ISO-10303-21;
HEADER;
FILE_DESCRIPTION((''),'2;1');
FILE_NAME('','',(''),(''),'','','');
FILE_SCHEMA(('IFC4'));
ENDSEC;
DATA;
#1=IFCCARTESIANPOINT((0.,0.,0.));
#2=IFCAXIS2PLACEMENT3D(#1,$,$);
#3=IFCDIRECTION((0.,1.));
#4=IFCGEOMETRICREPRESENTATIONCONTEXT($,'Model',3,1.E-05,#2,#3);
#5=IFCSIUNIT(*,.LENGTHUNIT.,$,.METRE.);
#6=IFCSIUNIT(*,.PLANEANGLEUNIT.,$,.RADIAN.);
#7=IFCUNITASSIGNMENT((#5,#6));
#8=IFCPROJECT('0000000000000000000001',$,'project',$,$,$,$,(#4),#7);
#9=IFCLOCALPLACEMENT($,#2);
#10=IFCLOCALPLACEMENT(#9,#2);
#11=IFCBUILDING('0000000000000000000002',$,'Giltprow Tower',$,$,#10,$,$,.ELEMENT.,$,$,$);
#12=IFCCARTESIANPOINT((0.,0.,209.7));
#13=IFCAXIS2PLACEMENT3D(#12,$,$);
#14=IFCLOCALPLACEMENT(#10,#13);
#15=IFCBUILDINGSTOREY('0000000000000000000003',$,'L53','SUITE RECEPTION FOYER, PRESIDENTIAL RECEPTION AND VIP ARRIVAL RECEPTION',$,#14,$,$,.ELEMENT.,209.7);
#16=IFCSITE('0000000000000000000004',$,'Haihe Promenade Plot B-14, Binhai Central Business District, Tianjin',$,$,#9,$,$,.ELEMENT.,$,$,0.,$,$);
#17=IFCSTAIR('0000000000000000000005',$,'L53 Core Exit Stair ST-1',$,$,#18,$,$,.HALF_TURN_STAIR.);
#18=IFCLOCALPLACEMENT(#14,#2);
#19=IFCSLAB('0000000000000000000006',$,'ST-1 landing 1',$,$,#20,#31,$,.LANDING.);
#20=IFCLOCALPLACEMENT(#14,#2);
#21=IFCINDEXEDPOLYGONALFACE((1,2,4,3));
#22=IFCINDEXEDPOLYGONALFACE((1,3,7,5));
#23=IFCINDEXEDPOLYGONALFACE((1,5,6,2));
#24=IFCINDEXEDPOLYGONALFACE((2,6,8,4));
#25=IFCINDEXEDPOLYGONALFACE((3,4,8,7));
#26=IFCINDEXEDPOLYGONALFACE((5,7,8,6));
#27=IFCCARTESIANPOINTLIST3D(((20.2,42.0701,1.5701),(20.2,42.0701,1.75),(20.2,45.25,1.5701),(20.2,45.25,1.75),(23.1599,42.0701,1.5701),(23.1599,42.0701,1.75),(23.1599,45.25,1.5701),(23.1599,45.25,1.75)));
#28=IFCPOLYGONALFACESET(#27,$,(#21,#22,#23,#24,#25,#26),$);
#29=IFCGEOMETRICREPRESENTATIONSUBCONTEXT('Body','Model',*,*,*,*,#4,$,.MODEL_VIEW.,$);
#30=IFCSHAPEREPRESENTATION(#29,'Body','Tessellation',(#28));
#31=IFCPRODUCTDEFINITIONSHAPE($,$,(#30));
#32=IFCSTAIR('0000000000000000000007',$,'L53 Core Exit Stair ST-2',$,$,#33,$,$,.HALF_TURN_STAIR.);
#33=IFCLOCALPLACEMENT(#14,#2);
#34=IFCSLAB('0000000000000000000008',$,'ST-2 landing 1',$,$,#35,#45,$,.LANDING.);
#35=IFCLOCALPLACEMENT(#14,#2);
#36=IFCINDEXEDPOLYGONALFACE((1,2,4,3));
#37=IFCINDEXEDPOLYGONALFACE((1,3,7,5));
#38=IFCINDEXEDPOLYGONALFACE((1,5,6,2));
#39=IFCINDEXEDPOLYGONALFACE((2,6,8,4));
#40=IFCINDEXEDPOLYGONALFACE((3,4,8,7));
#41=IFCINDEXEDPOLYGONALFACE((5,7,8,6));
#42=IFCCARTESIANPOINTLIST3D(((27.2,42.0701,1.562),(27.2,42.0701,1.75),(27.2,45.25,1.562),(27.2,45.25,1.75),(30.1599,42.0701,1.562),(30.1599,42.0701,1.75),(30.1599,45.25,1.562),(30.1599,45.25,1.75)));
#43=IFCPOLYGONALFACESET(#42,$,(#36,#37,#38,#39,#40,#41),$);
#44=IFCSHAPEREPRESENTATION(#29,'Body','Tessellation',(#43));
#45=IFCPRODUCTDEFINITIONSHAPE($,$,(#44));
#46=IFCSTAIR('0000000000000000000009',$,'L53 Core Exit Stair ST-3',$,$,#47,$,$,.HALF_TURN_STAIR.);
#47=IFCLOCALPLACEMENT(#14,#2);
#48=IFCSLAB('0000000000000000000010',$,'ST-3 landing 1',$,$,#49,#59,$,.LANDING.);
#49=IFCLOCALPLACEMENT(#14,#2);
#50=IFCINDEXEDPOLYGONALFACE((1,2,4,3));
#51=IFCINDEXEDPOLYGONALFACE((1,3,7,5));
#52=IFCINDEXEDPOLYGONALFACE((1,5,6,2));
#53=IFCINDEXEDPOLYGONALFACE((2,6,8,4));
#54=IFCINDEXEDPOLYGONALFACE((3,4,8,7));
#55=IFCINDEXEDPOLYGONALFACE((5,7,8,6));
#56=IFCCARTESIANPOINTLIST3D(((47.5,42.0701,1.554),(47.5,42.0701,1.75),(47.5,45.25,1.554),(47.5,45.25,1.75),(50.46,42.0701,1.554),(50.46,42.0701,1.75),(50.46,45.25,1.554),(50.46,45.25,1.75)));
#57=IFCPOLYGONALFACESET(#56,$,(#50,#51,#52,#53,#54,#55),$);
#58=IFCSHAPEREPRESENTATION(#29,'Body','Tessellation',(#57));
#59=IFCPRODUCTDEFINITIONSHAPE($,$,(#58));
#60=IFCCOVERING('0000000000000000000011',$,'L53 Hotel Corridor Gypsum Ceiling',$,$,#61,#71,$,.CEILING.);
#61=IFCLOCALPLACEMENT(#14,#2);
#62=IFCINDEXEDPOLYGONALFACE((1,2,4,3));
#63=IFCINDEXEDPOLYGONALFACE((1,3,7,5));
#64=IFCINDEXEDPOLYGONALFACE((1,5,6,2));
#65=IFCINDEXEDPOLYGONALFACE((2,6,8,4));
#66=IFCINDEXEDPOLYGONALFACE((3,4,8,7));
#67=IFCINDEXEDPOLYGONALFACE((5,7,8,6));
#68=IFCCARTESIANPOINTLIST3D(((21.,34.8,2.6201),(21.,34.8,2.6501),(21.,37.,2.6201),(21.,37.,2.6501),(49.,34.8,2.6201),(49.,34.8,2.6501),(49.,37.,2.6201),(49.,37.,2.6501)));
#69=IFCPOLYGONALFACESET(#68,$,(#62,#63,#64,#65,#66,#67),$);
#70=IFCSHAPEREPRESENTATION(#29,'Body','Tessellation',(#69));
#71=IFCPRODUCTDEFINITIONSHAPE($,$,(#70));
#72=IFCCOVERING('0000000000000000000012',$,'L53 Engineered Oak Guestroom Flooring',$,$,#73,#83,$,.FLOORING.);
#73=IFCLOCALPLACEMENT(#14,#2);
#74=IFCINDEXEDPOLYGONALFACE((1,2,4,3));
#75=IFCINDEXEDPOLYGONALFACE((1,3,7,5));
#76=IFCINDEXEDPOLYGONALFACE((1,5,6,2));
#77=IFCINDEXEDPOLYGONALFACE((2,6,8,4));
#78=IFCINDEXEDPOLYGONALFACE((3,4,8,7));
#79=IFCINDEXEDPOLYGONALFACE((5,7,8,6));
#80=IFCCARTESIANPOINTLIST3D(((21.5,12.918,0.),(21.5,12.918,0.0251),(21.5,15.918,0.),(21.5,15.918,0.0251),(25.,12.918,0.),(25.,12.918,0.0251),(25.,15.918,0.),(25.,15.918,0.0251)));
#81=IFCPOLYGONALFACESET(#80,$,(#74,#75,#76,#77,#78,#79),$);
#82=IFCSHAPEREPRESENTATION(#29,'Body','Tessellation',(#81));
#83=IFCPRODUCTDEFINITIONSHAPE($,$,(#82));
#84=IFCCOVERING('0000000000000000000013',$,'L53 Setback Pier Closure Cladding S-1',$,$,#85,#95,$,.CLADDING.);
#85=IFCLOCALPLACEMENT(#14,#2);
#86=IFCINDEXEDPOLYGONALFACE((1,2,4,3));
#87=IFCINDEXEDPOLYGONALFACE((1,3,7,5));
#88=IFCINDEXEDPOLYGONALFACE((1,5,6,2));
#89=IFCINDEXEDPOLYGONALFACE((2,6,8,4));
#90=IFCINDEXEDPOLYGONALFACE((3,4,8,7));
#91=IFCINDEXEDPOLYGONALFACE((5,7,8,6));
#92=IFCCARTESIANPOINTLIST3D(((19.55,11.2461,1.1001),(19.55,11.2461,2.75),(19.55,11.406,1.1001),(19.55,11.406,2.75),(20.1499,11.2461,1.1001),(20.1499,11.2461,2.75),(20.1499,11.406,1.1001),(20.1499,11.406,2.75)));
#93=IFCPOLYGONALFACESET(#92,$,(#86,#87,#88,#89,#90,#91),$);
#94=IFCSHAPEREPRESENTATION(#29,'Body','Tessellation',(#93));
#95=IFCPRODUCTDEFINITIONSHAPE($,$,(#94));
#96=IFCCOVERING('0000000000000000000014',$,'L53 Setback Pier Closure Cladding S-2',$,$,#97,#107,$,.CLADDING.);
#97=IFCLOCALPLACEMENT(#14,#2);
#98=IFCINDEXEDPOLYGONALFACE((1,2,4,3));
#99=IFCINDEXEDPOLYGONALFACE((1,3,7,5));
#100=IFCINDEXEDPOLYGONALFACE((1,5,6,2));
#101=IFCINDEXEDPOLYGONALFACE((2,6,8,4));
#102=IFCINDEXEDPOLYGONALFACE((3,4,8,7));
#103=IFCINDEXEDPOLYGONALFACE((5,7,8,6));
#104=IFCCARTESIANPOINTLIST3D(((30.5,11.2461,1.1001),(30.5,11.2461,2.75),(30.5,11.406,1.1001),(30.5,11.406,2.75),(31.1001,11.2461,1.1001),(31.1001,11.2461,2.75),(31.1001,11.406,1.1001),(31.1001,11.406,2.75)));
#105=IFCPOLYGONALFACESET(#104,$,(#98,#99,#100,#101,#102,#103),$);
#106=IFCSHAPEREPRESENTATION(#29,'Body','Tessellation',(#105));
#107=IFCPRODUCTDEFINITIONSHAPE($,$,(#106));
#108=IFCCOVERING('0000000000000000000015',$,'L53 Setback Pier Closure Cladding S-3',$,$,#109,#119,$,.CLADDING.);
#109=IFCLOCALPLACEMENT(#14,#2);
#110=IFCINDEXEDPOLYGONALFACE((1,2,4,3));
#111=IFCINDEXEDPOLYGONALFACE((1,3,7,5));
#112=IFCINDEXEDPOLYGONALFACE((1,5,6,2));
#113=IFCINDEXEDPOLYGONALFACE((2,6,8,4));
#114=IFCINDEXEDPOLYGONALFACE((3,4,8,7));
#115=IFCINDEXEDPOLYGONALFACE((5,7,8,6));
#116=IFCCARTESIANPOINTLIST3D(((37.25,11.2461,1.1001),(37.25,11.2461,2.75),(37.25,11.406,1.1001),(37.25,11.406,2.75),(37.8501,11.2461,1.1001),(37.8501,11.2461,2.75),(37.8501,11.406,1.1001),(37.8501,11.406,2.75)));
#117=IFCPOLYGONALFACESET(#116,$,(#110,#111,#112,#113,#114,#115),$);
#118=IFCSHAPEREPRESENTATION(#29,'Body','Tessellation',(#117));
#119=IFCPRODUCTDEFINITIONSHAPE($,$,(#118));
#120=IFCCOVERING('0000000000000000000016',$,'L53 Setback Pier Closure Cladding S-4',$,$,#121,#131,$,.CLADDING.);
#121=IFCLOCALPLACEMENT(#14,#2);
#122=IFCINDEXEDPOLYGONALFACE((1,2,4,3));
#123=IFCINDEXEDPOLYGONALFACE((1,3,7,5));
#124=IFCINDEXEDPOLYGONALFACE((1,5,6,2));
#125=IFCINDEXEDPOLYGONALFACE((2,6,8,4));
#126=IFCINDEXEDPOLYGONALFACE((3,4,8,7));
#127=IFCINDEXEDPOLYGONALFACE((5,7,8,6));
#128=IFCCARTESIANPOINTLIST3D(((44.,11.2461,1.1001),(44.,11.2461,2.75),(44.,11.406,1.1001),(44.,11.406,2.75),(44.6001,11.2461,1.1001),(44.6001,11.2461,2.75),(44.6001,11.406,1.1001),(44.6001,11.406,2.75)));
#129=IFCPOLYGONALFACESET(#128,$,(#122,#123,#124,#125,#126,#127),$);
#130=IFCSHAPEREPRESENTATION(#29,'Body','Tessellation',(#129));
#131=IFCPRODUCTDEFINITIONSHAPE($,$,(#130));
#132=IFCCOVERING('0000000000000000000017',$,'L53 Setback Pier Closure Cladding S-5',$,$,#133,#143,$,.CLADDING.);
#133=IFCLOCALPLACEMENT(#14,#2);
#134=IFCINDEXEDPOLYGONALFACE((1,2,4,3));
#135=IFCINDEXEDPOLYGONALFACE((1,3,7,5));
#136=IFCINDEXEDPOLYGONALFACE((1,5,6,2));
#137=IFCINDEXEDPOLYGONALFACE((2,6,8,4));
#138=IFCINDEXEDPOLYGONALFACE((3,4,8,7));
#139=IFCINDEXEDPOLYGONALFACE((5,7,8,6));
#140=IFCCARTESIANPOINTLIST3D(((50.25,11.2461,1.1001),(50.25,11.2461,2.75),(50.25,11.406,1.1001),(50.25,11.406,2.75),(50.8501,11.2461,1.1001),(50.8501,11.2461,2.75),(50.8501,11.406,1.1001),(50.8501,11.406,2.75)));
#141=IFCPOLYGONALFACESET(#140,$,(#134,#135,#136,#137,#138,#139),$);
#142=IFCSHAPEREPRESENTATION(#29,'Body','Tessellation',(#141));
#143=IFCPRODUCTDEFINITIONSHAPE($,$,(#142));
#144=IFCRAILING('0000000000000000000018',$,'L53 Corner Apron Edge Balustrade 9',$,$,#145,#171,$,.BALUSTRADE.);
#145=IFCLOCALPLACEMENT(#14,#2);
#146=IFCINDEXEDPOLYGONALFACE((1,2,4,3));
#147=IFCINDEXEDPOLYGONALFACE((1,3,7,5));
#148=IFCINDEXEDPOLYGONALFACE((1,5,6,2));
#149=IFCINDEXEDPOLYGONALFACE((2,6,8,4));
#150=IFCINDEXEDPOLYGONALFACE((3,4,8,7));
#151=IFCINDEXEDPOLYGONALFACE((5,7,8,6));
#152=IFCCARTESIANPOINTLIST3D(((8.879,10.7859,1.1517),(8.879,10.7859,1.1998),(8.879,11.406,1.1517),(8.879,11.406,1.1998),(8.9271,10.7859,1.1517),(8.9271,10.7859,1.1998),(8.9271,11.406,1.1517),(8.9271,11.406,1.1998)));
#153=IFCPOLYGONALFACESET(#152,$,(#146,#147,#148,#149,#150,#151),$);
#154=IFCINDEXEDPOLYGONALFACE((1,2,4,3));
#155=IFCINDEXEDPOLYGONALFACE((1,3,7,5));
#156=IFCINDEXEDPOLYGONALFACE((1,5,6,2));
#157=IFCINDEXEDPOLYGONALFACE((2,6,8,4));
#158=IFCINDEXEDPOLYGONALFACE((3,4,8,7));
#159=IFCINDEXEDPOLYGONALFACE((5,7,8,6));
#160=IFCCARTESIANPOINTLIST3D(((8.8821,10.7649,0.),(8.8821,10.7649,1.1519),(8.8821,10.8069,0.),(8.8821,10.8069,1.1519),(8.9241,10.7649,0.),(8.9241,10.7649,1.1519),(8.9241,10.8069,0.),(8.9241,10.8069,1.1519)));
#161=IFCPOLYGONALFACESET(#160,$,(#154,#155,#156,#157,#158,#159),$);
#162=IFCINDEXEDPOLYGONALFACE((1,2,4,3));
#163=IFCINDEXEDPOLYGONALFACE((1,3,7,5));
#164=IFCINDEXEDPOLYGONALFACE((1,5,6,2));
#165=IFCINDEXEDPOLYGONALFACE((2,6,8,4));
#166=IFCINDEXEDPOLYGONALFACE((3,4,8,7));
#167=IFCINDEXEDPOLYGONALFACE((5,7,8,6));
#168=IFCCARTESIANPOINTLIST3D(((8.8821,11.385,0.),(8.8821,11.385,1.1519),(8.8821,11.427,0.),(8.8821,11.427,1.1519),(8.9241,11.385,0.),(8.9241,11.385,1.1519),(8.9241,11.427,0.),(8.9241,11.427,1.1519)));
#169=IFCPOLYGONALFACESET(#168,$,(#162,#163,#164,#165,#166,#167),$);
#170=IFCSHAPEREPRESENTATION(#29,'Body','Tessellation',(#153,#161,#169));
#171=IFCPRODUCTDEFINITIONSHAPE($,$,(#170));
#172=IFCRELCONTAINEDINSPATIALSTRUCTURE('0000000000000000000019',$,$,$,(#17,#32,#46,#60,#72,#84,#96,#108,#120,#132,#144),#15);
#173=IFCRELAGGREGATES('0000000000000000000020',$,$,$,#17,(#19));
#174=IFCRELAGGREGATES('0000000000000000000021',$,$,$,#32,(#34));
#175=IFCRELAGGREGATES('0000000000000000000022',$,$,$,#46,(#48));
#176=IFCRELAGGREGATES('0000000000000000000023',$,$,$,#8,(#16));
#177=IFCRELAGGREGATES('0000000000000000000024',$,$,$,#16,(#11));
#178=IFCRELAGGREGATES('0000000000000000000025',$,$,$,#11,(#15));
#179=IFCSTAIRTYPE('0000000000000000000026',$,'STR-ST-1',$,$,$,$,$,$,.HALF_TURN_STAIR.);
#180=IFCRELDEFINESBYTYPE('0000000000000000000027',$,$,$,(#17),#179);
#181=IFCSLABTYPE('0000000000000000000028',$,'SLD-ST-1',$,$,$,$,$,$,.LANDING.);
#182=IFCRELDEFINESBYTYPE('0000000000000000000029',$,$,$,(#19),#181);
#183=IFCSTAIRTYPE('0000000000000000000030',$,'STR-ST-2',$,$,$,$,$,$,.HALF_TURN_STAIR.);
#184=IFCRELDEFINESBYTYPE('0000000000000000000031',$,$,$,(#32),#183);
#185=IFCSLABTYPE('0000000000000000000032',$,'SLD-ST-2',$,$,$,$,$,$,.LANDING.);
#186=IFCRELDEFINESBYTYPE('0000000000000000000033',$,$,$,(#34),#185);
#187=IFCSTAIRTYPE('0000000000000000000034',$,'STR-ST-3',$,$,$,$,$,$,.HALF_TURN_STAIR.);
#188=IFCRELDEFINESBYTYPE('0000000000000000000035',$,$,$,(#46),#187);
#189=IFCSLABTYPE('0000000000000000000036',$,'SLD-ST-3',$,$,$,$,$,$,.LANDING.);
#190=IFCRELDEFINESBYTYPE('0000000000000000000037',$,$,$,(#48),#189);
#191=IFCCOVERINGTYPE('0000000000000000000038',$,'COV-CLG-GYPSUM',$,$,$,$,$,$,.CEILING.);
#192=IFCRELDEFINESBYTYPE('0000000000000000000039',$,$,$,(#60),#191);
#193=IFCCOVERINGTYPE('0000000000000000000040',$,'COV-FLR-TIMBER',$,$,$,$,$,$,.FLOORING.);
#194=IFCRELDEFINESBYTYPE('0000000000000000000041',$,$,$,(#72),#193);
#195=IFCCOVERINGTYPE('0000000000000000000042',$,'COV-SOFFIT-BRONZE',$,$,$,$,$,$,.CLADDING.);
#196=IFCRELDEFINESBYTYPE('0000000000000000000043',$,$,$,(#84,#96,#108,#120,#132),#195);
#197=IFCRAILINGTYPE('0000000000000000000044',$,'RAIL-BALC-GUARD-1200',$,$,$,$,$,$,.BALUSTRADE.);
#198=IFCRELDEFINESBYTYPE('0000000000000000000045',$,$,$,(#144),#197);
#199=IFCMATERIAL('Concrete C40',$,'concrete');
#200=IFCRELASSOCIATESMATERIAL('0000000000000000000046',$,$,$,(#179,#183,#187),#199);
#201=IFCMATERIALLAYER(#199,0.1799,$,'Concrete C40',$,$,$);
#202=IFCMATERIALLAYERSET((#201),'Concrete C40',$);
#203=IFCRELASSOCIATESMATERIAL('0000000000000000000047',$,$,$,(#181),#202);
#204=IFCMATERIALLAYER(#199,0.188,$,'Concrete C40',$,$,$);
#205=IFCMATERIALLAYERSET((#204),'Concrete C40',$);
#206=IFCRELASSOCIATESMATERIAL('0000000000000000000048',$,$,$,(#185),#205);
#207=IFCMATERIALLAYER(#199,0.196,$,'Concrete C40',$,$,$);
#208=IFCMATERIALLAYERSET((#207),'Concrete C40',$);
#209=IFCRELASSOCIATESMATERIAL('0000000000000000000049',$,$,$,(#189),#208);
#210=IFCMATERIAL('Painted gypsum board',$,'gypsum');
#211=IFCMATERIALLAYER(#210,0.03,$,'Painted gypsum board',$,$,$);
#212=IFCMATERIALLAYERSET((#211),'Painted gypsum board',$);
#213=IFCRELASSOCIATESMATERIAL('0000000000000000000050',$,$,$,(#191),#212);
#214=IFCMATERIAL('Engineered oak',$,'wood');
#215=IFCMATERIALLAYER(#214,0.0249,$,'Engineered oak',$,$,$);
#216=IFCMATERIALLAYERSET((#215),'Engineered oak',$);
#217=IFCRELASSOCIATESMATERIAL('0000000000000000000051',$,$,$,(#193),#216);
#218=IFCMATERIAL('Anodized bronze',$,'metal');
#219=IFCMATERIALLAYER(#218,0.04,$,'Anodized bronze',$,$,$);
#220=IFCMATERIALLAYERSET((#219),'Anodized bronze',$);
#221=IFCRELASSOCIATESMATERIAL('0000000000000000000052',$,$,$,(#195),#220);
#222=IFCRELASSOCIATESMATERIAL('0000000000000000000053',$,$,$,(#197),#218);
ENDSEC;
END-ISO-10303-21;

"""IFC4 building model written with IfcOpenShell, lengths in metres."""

from ifc_helpers import new_model, si_unit, direction, frame, origin, origin_2d, place, context, subcontext, project, spatial, polyline, rectangle, outline, extrude, material, layer, layer_set, type_object, element, aggregate, save


model = new_model("IFC4")

# Units and contexts
model_context = context("Model", 3, precision=1e-05, world=origin(), true_north=direction((0.0, 1.0)))
body_context = subcontext(model_context, "Body", "Model", "MODEL_VIEW")
ifc_project = project(units=[si_unit("LENGTHUNIT", "METRE"), si_unit("PLANEANGLEUNIT", "RADIAN")], contexts=[model_context])

# Site, building, storey
site_placement = place(None, origin())
site = spatial("IfcSite", under=ifc_project, at=site_placement, Name="Haihe Promenade Plot B-14, Binhai Central Business District, Tianjin", CompositionType="ELEMENT", RefElevation=0.0)
building_placement = place(site_placement, origin())
building = spatial("IfcBuilding", under=site, at=building_placement, Name="Giltprow Tower", CompositionType="ELEMENT")
storey_placement = place(building_placement, frame((0.0, 0.0, 209.7)))
storey = spatial("IfcBuildingStorey", under=building, at=storey_placement, Name="L53", Description="SUITE RECEPTION FOYER, PRESIDENTIAL RECEPTION AND VIP ARRIVAL RECEPTION", CompositionType="ELEMENT", Elevation=209.7)

# Shared definitions
ifc_material_1 = material(Name="Anodized bronze", Category="metal")

# Shared definitions
ifc_material_2 = material(Name="Concrete C40", Category="concrete")

# Stairs, slabs
stair_type_1 = type_object("IfcStairType", Name="STR-ST-1", PredefinedType="HALF_TURN_STAIR", material=ifc_material_2)
stair_1_placement = place(storey_placement, origin())
stair_1 = element("IfcStair", 1, at=stair_1_placement, inside=storey, type_object=stair_type_1, Name="L53 Core Exit Stair ST-1", PredefinedType="HALF_TURN_STAIR")
ifc_layer_1 = layer(ifc_material_2, 0.1799, Name="Concrete C40")
ifc_layer_set_1 = layer_set([ifc_layer_1], Name="Concrete C40")
slab_type_1 = type_object("IfcSlabType", Name="SLD-ST-1", PredefinedType="LANDING", material=ifc_layer_set_1)
slab_1_placement = place(storey_placement, frame((0.0, 0.0, 1.5701)))
slab_1 = element("IfcSlab", 2, at=slab_1_placement, type_object=slab_type_1, Name="ST-1 landing 1", PredefinedType="LANDING", context=body_context, shape_type="SweptSolid", body=[
    extrude(outline(polyline([(23.1599, 42.0701), (23.1599, 45.25), (20.2, 45.25), (20.2, 42.0701), (23.1599, 42.0701)])), origin(), (0.0, 0.0, 1.0), 0.1799),
])
aggregate(stair_1, [slab_1])
stair_type_2 = type_object("IfcStairType", Name="STR-ST-2", PredefinedType="HALF_TURN_STAIR", material=ifc_material_2)
stair_2_placement = place(storey_placement, origin())
stair_2 = element("IfcStair", 3, at=stair_2_placement, inside=storey, type_object=stair_type_2, Name="L53 Core Exit Stair ST-2", PredefinedType="HALF_TURN_STAIR")
ifc_layer_2 = layer(ifc_material_2, 0.188, Name="Concrete C40")
ifc_layer_set_2 = layer_set([ifc_layer_2], Name="Concrete C40")
slab_type_2 = type_object("IfcSlabType", Name="SLD-ST-2", PredefinedType="LANDING", material=ifc_layer_set_2)
slab_2_placement = place(storey_placement, frame((0.0, 0.0, 1.562)))
slab_2 = element("IfcSlab", 4, at=slab_2_placement, type_object=slab_type_2, Name="ST-2 landing 1", PredefinedType="LANDING", context=body_context, shape_type="SweptSolid", body=[
    extrude(outline(polyline([(30.1599, 42.0701), (30.1599, 45.25), (27.2, 45.25), (27.2, 42.0701), (30.1599, 42.0701)])), origin(), (0.0, 0.0, 1.0), 0.188),
])
aggregate(stair_2, [slab_2])
stair_type_3 = type_object("IfcStairType", Name="STR-ST-3", PredefinedType="HALF_TURN_STAIR", material=ifc_material_2)
stair_3_placement = place(storey_placement, origin())
stair_3 = element("IfcStair", 5, at=stair_3_placement, inside=storey, type_object=stair_type_3, Name="L53 Core Exit Stair ST-3", PredefinedType="HALF_TURN_STAIR")
ifc_layer_3 = layer(ifc_material_2, 0.196, Name="Concrete C40")
ifc_layer_set_3 = layer_set([ifc_layer_3], Name="Concrete C40")
slab_type_3 = type_object("IfcSlabType", Name="SLD-ST-3", PredefinedType="LANDING", material=ifc_layer_set_3)
slab_3_placement = place(storey_placement, frame((0.0, 0.0, 1.554)))
slab_3 = element("IfcSlab", 6, at=slab_3_placement, type_object=slab_type_3, Name="ST-3 landing 1", PredefinedType="LANDING", context=body_context, shape_type="SweptSolid", body=[
    extrude(outline(polyline([(50.46, 42.0701), (50.46, 45.25), (47.5, 45.25), (47.5, 42.0701), (50.46, 42.0701)])), origin(), (0.0, 0.0, 1.0), 0.196),
])
aggregate(stair_3, [slab_3])

# Coverings
ifc_material_3 = material(Name="Painted gypsum board", Category="gypsum")
ifc_layer_4 = layer(ifc_material_3, 0.03, Name="Painted gypsum board")
ifc_layer_set_4 = layer_set([ifc_layer_4], Name="Painted gypsum board")
covering_type_1 = type_object("IfcCoveringType", Name="COV-CLG-GYPSUM", PredefinedType="CEILING", material=ifc_layer_set_4)
covering_1_placement = place(storey_placement, frame((0.0, 0.0, 2.6201)))
element("IfcCovering", 7, at=covering_1_placement, inside=storey, type_object=covering_type_1, Name="L53 Hotel Corridor Gypsum Ceiling", PredefinedType="CEILING", context=body_context, shape_type="SweptSolid", body=[
    extrude(outline(polyline([(21.0, 34.8), (49.0, 34.8), (49.0, 37.0), (21.0, 37.0), (21.0, 34.8)])), origin(), (0.0, 0.0, 1.0), 0.03),
])
ifc_material_4 = material(Name="Engineered oak", Category="wood")
ifc_layer_5 = layer(ifc_material_4, 0.0249, Name="Engineered oak")
ifc_layer_set_5 = layer_set([ifc_layer_5], Name="Engineered oak")
covering_type_2 = type_object("IfcCoveringType", Name="COV-FLR-TIMBER", PredefinedType="FLOORING", material=ifc_layer_set_5)
covering_2_placement = place(storey_placement, origin())
element("IfcCovering", 8, at=covering_2_placement, inside=storey, type_object=covering_type_2, Name="L53 Engineered Oak Guestroom Flooring", PredefinedType="FLOORING", context=body_context, shape_type="SweptSolid", body=[
    extrude(outline(polyline([(21.5, 12.918), (25.0, 12.918), (25.0, 15.918), (21.5, 15.918), (21.5, 12.918)])), origin(), (0.0, 0.0, 1.0), 0.0251),
])
ifc_layer_6 = layer(ifc_material_1, 0.04, Name="Anodized bronze")
ifc_layer_set_6 = layer_set([ifc_layer_6], Name="Anodized bronze")
covering_type_3 = type_object("IfcCoveringType", Name="COV-SOFFIT-BRONZE", PredefinedType="CLADDING", material=ifc_layer_set_6)
covering_3_placement = place(storey_placement, frame((0.0, 0.0, 1.1001)))
element("IfcCovering", 9, at=covering_3_placement, inside=storey, type_object=covering_type_3, Name="L53 Setback Pier Closure Cladding S-1", PredefinedType="CLADDING", context=body_context, shape_type="SweptSolid", body=[
    extrude(outline(polyline([(19.55, 11.2461), (20.1499, 11.2461), (20.1499, 11.406), (19.55, 11.406), (19.55, 11.2461)])), origin(), (0.0, 0.0, 1.0), 1.6499),
])
covering_4_placement = place(storey_placement, frame((0.0, 0.0, 1.1001)))
element("IfcCovering", 10, at=covering_4_placement, inside=storey, type_object=covering_type_3, Name="L53 Setback Pier Closure Cladding S-2", PredefinedType="CLADDING", context=body_context, shape_type="SweptSolid", body=[
    extrude(outline(polyline([(30.5, 11.2461), (31.1001, 11.2461), (31.1001, 11.406), (30.5, 11.406), (30.5, 11.2461)])), origin(), (0.0, 0.0, 1.0), 1.6499),
])
covering_5_placement = place(storey_placement, frame((0.0, 0.0, 1.1001)))
element("IfcCovering", 11, at=covering_5_placement, inside=storey, type_object=covering_type_3, Name="L53 Setback Pier Closure Cladding S-3", PredefinedType="CLADDING", context=body_context, shape_type="SweptSolid", body=[
    extrude(outline(polyline([(37.25, 11.2461), (37.8501, 11.2461), (37.8501, 11.406), (37.25, 11.406), (37.25, 11.2461)])), origin(), (0.0, 0.0, 1.0), 1.6499),
])
covering_6_placement = place(storey_placement, frame((0.0, 0.0, 1.1001)))
element("IfcCovering", 12, at=covering_6_placement, inside=storey, type_object=covering_type_3, Name="L53 Setback Pier Closure Cladding S-4", PredefinedType="CLADDING", context=body_context, shape_type="SweptSolid", body=[
    extrude(outline(polyline([(44.0, 11.2461), (44.6001, 11.2461), (44.6001, 11.406), (44.0, 11.406), (44.0, 11.2461)])), origin(), (0.0, 0.0, 1.0), 1.6499),
])
covering_7_placement = place(storey_placement, frame((0.0, 0.0, 1.1001)))
element("IfcCovering", 13, at=covering_7_placement, inside=storey, type_object=covering_type_3, Name="L53 Setback Pier Closure Cladding S-5", PredefinedType="CLADDING", context=body_context, shape_type="SweptSolid", body=[
    extrude(outline(polyline([(50.25, 11.2461), (50.8501, 11.2461), (50.8501, 11.406), (50.25, 11.406), (50.25, 11.2461)])), origin(), (0.0, 0.0, 1.0), 1.6499),
])

# Railing
railing_type = type_object("IfcRailingType", Name="RAIL-BALC-GUARD-1200", PredefinedType="BALUSTRADE", material=ifc_material_1)
railing_placement = place(storey_placement, frame((8.9031, 10.7859, 0.0)))
element("IfcRailing", 14, at=railing_placement, inside=storey, type_object=railing_type, Name="L53 Corner Apron Edge Balustrade 9", PredefinedType="BALUSTRADE", context=body_context, shape_type="SweptSolid", body=[
    extrude(rectangle(XDim=0.0481, YDim=0.0481, at=origin_2d()), frame((0.0, 0.0, 1.1758), z_axis=(0.0, 1.0, 0.0), x_axis=(-1.0, 0.0, 0.0)), (0.0, 0.0, 1.0), 0.6201),
    extrude(rectangle(XDim=0.042, YDim=0.042, at=origin_2d()), origin(), (0.0, 0.0, 1.0), 1.1519),
    extrude(rectangle(XDim=0.042, YDim=0.042, at=origin_2d()), frame((0.0, 0.6201, 0.0)), (0.0, 0.0, 1.0), 1.1519),
])

save(model, "model.ifc")
